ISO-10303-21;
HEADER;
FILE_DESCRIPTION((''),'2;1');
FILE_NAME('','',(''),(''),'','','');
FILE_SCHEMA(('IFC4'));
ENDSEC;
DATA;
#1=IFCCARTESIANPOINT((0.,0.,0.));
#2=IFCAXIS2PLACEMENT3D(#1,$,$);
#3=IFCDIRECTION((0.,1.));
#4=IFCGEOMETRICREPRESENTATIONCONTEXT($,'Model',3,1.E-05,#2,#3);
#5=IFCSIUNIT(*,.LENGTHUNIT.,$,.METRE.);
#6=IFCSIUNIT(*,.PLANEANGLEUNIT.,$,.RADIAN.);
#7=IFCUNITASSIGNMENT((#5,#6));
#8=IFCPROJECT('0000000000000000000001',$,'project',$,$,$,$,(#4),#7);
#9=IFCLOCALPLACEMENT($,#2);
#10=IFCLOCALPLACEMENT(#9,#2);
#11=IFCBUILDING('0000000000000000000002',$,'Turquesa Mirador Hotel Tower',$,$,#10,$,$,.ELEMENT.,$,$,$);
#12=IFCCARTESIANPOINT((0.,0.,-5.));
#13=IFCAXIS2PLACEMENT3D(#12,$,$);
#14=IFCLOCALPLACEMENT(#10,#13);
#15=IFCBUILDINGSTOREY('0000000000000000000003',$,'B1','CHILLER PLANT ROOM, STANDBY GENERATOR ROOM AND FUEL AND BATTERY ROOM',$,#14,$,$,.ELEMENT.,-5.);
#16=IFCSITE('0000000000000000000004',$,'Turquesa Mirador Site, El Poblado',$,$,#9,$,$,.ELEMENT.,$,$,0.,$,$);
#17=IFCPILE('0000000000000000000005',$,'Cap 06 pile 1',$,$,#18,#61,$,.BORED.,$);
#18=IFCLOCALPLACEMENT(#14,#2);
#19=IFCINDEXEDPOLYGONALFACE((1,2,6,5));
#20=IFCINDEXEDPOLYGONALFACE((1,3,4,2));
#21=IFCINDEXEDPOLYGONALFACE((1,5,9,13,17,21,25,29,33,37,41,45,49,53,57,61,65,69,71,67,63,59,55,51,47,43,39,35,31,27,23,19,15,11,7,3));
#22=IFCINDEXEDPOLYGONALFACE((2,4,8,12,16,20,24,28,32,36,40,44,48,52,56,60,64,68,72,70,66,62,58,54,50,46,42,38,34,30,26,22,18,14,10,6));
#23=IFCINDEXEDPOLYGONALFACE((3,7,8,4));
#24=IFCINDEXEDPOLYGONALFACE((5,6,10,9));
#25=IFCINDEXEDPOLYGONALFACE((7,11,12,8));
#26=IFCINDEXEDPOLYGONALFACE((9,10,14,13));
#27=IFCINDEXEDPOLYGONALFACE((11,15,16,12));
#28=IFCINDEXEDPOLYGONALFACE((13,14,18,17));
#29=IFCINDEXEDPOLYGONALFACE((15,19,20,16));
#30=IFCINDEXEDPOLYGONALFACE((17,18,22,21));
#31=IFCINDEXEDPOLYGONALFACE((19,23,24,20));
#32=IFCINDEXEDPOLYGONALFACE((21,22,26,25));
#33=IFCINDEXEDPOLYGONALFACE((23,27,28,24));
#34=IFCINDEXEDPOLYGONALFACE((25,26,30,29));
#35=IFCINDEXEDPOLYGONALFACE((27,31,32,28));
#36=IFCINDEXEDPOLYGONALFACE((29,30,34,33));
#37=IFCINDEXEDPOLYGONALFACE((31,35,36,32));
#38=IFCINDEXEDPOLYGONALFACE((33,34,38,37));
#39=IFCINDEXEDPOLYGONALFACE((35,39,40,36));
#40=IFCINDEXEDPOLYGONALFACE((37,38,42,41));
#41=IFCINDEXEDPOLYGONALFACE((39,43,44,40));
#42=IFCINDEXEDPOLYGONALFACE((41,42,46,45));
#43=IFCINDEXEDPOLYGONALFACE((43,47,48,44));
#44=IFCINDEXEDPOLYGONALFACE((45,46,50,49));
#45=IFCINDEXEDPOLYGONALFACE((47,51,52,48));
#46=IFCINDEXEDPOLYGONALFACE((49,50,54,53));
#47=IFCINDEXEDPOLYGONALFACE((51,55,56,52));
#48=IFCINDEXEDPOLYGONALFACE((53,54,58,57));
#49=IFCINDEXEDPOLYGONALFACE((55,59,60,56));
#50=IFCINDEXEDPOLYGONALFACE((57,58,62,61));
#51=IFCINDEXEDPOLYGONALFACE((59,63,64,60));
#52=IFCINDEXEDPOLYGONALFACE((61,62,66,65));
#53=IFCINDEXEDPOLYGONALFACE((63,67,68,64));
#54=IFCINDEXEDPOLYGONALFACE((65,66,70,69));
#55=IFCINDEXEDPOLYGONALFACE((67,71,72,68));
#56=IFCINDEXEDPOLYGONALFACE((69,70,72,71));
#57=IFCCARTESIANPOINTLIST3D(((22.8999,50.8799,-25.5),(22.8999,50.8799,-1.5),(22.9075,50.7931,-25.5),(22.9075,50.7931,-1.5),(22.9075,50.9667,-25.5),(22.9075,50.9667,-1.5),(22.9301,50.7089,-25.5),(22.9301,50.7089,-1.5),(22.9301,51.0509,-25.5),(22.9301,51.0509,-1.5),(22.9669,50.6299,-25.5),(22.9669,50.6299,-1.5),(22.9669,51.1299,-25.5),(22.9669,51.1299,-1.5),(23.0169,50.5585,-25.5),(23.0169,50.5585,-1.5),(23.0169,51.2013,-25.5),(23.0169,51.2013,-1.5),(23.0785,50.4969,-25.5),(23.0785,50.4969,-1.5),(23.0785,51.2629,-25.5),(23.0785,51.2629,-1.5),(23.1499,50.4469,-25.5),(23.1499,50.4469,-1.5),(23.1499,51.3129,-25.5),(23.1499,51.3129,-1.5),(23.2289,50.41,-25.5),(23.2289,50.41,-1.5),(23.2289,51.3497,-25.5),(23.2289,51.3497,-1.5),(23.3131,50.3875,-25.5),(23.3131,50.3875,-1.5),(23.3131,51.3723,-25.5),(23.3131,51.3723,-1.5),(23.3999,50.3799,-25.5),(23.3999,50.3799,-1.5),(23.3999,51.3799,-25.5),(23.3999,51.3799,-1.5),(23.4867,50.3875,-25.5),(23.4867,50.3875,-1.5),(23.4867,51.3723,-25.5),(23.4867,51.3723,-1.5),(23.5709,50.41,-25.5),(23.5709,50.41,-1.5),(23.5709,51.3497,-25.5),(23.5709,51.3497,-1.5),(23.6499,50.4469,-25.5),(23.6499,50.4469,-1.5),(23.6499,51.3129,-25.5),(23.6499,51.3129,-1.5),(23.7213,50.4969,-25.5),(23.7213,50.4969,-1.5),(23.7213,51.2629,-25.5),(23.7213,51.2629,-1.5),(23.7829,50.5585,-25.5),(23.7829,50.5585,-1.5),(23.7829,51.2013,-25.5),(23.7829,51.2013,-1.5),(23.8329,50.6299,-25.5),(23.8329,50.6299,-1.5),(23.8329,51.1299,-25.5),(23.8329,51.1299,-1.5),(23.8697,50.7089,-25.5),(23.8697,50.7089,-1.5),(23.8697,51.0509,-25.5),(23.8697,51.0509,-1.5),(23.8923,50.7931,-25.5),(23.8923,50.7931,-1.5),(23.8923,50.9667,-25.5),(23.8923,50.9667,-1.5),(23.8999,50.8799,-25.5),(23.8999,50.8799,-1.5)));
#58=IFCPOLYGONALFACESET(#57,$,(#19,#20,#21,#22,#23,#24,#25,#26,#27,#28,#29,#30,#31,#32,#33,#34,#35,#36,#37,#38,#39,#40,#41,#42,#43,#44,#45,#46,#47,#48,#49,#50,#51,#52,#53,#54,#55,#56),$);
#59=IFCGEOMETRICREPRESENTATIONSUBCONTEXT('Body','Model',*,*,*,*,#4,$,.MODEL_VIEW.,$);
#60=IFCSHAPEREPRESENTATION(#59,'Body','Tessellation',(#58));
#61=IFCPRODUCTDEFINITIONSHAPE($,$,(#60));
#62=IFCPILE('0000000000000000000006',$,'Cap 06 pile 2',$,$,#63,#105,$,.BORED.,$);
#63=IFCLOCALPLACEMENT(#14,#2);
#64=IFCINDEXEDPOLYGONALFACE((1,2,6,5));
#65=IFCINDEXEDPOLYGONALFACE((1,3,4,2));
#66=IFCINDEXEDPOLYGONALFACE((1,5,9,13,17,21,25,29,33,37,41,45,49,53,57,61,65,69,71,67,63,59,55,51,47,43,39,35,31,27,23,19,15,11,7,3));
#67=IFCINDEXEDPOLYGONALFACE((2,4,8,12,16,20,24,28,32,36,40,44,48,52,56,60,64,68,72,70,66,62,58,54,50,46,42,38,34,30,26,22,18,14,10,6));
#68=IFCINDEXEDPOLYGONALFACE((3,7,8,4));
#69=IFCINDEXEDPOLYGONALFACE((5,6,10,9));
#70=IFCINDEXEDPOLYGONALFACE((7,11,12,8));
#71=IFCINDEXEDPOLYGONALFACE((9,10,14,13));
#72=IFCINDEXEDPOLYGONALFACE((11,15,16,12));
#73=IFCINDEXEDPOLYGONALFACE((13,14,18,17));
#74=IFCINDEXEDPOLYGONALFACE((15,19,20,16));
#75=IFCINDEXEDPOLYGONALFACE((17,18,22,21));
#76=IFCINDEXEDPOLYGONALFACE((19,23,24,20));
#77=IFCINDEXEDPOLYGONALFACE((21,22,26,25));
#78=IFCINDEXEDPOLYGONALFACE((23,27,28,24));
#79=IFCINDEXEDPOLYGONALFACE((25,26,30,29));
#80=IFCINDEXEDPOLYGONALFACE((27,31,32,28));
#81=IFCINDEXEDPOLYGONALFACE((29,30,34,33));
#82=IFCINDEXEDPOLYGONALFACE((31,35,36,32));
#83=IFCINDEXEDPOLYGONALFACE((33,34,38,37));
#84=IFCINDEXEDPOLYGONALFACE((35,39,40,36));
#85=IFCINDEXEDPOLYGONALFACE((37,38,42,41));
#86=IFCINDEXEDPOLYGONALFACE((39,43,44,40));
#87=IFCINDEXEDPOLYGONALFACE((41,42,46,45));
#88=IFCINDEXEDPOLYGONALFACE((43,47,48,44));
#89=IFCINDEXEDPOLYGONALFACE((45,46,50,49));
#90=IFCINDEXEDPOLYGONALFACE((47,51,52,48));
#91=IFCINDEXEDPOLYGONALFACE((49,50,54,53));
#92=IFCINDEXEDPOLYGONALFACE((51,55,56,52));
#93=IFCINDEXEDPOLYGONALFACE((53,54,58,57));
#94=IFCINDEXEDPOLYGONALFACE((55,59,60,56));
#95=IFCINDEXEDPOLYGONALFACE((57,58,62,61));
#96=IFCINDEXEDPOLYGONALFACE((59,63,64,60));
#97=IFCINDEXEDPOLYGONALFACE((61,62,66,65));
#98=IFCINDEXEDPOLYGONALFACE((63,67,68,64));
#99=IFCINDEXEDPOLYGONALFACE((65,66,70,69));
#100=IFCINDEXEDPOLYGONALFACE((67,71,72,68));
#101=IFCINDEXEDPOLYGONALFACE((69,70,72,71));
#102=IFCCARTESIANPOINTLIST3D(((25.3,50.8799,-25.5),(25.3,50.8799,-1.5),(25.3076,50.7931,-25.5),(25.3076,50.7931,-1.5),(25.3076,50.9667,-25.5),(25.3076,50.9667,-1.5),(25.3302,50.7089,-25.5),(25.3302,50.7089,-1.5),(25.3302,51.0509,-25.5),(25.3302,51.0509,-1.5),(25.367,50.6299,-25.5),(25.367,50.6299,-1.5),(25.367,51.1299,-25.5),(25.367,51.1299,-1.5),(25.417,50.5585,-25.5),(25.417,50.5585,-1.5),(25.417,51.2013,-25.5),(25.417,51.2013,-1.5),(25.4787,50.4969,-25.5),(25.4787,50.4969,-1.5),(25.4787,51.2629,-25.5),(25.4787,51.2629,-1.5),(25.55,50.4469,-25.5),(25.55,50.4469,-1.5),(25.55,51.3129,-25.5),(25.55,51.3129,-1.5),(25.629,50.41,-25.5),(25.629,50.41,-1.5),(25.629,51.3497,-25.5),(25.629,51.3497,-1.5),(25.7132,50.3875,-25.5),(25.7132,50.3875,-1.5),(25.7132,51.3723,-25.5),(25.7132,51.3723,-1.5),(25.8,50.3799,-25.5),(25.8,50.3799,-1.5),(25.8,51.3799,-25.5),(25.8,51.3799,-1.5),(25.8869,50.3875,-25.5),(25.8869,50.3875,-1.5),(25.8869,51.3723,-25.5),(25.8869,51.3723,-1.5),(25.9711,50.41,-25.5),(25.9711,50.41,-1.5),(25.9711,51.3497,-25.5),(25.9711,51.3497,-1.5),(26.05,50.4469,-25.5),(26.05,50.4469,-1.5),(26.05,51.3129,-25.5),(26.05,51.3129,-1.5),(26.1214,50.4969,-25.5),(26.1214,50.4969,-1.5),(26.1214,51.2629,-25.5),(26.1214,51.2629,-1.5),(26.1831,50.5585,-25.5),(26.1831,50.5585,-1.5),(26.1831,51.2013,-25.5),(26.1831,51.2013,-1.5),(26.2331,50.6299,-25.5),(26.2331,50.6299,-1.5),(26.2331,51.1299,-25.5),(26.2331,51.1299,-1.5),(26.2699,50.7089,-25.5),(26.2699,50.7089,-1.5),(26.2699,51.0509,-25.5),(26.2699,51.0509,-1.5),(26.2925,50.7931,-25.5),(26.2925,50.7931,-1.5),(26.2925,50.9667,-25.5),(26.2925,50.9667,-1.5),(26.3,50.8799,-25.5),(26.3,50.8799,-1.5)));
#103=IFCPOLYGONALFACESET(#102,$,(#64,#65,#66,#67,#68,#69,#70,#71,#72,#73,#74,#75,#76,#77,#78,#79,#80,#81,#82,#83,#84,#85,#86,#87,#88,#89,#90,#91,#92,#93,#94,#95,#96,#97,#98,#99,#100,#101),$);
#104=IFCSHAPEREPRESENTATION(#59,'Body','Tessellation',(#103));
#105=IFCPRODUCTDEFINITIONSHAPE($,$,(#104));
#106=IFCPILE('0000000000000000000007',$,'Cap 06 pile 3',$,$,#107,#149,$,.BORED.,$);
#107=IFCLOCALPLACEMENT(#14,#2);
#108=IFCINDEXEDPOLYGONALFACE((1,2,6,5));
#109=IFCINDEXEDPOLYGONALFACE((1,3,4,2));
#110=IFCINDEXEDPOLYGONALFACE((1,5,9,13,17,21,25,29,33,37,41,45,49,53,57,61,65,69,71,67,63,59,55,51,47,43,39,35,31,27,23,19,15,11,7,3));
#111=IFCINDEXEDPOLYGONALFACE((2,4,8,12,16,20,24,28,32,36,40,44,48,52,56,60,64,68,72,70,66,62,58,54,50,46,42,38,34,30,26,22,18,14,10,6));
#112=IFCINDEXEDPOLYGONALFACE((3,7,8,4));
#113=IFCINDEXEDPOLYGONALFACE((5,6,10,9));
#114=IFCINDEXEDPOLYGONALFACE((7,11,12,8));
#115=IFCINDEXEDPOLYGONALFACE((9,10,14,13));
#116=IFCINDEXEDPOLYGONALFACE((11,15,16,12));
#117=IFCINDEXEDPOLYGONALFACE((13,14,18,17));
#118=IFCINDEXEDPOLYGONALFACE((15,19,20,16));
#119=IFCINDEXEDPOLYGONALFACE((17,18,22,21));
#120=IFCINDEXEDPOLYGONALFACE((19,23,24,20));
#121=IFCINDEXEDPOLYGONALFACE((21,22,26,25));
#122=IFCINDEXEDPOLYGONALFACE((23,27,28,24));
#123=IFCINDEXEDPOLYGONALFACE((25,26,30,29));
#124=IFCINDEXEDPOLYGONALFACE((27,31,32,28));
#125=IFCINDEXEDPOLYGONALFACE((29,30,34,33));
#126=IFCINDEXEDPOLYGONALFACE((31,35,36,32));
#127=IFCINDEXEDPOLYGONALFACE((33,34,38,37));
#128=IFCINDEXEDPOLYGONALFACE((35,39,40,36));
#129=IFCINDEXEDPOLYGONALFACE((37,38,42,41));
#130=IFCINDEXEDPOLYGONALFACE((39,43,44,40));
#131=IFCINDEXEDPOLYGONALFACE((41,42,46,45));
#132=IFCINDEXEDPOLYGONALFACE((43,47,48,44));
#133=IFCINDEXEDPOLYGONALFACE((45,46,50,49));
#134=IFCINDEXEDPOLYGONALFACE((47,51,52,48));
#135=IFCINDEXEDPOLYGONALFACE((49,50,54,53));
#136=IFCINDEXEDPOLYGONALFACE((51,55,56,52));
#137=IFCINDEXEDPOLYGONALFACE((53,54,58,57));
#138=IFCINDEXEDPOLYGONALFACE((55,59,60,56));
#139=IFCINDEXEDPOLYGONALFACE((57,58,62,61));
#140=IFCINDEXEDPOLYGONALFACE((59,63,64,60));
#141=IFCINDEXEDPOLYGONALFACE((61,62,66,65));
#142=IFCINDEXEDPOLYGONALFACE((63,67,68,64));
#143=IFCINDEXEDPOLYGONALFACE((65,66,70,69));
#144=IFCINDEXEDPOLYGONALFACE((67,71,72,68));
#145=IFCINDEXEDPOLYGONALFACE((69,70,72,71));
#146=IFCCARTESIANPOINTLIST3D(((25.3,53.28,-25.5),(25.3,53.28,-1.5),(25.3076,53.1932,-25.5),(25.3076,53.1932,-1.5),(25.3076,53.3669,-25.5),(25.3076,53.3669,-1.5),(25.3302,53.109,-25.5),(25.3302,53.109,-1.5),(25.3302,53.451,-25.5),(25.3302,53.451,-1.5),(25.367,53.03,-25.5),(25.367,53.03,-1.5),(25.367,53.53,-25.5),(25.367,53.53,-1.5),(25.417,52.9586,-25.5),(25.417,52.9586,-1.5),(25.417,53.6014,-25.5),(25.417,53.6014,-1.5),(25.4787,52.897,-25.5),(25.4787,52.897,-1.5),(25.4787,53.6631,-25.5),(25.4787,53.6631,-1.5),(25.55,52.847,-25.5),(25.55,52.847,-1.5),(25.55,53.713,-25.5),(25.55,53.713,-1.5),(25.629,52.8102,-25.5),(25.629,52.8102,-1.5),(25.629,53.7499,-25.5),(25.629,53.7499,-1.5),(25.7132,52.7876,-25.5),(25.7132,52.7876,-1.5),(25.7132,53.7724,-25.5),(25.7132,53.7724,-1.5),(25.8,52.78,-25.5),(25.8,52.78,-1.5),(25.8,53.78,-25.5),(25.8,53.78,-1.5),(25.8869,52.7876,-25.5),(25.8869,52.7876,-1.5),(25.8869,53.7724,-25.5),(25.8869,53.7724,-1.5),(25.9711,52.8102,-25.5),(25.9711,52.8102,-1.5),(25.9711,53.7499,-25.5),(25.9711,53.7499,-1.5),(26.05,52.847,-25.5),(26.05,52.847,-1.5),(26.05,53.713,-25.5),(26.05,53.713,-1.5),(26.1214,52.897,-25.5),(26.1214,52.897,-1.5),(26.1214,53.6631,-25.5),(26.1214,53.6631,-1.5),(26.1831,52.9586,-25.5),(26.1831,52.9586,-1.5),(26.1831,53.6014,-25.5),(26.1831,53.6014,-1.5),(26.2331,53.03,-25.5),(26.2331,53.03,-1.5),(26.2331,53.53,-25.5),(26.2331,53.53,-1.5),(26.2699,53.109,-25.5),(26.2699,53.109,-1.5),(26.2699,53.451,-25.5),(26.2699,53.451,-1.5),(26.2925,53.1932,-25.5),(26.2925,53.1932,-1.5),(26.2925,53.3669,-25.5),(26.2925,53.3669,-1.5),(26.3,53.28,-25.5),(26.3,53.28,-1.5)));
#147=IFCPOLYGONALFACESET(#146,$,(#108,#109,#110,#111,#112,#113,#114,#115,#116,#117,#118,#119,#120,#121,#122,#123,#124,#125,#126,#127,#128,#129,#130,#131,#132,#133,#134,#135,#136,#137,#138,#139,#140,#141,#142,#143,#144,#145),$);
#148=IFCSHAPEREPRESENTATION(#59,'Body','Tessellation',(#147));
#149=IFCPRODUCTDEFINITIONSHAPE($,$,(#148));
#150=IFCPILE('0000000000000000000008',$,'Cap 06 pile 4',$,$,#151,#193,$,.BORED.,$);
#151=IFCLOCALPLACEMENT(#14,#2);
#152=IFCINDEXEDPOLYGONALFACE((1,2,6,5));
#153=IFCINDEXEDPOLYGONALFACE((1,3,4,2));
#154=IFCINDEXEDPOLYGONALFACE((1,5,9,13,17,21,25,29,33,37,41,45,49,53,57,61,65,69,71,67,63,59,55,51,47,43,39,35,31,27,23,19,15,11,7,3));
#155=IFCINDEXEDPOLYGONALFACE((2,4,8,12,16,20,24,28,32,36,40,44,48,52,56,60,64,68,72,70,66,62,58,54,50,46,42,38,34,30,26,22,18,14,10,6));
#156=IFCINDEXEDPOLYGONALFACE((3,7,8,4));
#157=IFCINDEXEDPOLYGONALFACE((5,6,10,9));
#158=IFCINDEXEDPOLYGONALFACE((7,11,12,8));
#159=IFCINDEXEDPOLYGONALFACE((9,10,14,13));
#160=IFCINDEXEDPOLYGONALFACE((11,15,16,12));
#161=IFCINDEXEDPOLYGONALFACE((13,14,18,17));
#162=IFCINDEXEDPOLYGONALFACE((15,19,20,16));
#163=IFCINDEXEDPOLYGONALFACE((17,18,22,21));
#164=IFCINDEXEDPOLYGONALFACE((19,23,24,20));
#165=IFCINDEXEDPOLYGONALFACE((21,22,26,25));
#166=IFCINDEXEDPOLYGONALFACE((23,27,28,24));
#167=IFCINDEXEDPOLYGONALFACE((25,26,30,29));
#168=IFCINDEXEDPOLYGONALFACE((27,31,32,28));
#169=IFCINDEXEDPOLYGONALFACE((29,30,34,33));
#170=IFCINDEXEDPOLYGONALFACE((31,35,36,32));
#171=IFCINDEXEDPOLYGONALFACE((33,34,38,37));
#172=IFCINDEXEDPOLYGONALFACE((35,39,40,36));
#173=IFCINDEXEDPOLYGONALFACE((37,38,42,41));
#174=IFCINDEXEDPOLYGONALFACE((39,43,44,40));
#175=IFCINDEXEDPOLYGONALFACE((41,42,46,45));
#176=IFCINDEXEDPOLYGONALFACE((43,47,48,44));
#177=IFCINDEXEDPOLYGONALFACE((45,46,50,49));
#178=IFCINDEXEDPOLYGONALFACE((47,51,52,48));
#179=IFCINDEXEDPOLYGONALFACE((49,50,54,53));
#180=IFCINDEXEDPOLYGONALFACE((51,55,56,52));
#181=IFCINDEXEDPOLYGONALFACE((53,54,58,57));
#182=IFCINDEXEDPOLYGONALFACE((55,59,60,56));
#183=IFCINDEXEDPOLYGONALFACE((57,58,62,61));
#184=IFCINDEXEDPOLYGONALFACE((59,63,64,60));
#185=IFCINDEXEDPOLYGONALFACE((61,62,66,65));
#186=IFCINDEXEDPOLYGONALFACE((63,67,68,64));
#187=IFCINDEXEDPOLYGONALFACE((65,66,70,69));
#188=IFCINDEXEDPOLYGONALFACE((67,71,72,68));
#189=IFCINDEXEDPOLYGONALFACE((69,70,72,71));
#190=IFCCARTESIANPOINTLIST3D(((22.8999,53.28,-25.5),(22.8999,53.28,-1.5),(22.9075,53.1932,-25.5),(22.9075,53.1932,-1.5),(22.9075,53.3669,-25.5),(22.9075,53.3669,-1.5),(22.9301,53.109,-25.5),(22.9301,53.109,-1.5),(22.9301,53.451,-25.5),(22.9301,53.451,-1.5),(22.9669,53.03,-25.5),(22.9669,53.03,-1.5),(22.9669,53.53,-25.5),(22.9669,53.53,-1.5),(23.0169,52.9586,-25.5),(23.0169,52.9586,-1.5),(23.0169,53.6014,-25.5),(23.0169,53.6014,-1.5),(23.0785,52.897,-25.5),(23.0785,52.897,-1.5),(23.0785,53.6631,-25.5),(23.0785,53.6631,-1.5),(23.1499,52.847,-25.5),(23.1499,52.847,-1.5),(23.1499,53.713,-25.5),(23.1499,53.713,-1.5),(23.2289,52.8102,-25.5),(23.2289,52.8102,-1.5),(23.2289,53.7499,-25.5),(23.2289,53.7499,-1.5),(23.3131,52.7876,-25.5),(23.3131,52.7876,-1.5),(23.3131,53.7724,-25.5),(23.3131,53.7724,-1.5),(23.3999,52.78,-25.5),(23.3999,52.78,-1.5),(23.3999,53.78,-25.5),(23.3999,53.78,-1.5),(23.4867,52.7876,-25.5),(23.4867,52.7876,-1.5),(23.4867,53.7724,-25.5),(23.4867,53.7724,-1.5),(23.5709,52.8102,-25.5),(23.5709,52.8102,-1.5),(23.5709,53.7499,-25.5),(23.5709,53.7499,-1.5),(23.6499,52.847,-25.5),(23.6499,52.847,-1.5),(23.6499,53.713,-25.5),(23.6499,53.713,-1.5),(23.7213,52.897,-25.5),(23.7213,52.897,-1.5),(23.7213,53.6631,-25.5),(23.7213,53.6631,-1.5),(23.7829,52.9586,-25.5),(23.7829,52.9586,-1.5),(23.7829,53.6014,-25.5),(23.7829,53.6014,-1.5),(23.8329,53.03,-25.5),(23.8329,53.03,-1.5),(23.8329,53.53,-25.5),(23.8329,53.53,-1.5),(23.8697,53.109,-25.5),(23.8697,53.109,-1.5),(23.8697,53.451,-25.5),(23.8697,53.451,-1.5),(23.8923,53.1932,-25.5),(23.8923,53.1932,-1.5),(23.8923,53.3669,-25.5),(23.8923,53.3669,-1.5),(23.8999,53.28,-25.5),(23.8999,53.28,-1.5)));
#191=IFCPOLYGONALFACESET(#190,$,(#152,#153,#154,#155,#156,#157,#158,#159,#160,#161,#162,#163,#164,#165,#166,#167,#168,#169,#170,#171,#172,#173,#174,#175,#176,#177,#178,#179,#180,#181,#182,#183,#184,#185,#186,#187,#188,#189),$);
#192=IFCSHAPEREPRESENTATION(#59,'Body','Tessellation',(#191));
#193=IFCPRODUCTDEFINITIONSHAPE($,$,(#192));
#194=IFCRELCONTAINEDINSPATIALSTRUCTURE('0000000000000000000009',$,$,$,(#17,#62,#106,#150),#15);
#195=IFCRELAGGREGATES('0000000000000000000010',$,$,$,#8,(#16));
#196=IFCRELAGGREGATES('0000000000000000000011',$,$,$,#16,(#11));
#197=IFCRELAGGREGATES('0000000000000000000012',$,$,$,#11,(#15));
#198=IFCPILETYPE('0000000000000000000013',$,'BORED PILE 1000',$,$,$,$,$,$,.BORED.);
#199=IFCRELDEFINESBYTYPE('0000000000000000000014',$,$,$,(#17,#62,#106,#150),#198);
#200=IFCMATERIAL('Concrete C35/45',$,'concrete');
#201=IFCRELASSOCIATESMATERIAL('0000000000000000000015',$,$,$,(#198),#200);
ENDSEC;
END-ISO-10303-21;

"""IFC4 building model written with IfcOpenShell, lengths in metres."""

from ifc_helpers import new_model, si_unit, direction, frame, origin, origin_2d, place, context, subcontext, project, spatial, circle, extrude, material, type_object, element, save


model = new_model("IFC4")

# Units and contexts
model_context = context("Model", 3, precision=1e-05, world=origin(), true_north=direction((0.0, 1.0)))
body_context = subcontext(model_context, "Body", "Model", "MODEL_VIEW")
ifc_project = project(units=[si_unit("LENGTHUNIT", "METRE"), si_unit("PLANEANGLEUNIT", "RADIAN")], contexts=[model_context])

# Site, building, storey
site_placement = place(None, origin())
site = spatial("IfcSite", under=ifc_project, at=site_placement, Name="Turquesa Mirador Site, El Poblado", CompositionType="ELEMENT", RefElevation=0.0)
building_placement = place(site_placement, origin())
building = spatial("IfcBuilding", under=site, at=building_placement, Name="Turquesa Mirador Hotel Tower", CompositionType="ELEMENT")
storey_placement = place(building_placement, frame((0.0, 0.0, -5.0)))
storey = spatial("IfcBuildingStorey", under=building, at=storey_placement, Name="B1", Description="CHILLER PLANT ROOM, STANDBY GENERATOR ROOM AND FUEL AND BATTERY ROOM", CompositionType="ELEMENT", Elevation=-5.0)

# Piles
ifc_material_1 = material(Name="Concrete C35/45", Category="concrete")
pile_type_1 = type_object("IfcPileType", Name="BORED PILE 1000", PredefinedType="BORED", material=ifc_material_1)
for number, where, z_axis, x_axis, name in (
    (1, (23.3999, 50.8799, -1.5), (0.0, 0.0, -1.0), (1.0, 0.0, 0.0), "Cap 06 pile 1"),
    (2, (25.8, 50.8799, -1.5), (0.0, 0.0, -1.0), (1.0, 0.0, 0.0), "Cap 06 pile 2"),
    (3, (25.8, 53.28, -1.5), (0.0, 0.0, -1.0), (1.0, 0.0, 0.0), "Cap 06 pile 3"),
    (4, (23.3999, 53.28, -1.5), (0.0, 0.0, -1.0), (1.0, 0.0, 0.0), "Cap 06 pile 4"),
):
    element("IfcPile", number, at=place(storey_placement, frame(where, z_axis=z_axis, x_axis=x_axis)), inside=storey, type_object=pile_type_1, Name=name, PredefinedType="BORED", context=body_context, shape_type="SweptSolid", body=[
        extrude(circle(Radius=0.5, at=origin_2d()), origin(), (0.0, 0.0, 1.0), 24.0),
    ])

save(model, "model.ifc")
